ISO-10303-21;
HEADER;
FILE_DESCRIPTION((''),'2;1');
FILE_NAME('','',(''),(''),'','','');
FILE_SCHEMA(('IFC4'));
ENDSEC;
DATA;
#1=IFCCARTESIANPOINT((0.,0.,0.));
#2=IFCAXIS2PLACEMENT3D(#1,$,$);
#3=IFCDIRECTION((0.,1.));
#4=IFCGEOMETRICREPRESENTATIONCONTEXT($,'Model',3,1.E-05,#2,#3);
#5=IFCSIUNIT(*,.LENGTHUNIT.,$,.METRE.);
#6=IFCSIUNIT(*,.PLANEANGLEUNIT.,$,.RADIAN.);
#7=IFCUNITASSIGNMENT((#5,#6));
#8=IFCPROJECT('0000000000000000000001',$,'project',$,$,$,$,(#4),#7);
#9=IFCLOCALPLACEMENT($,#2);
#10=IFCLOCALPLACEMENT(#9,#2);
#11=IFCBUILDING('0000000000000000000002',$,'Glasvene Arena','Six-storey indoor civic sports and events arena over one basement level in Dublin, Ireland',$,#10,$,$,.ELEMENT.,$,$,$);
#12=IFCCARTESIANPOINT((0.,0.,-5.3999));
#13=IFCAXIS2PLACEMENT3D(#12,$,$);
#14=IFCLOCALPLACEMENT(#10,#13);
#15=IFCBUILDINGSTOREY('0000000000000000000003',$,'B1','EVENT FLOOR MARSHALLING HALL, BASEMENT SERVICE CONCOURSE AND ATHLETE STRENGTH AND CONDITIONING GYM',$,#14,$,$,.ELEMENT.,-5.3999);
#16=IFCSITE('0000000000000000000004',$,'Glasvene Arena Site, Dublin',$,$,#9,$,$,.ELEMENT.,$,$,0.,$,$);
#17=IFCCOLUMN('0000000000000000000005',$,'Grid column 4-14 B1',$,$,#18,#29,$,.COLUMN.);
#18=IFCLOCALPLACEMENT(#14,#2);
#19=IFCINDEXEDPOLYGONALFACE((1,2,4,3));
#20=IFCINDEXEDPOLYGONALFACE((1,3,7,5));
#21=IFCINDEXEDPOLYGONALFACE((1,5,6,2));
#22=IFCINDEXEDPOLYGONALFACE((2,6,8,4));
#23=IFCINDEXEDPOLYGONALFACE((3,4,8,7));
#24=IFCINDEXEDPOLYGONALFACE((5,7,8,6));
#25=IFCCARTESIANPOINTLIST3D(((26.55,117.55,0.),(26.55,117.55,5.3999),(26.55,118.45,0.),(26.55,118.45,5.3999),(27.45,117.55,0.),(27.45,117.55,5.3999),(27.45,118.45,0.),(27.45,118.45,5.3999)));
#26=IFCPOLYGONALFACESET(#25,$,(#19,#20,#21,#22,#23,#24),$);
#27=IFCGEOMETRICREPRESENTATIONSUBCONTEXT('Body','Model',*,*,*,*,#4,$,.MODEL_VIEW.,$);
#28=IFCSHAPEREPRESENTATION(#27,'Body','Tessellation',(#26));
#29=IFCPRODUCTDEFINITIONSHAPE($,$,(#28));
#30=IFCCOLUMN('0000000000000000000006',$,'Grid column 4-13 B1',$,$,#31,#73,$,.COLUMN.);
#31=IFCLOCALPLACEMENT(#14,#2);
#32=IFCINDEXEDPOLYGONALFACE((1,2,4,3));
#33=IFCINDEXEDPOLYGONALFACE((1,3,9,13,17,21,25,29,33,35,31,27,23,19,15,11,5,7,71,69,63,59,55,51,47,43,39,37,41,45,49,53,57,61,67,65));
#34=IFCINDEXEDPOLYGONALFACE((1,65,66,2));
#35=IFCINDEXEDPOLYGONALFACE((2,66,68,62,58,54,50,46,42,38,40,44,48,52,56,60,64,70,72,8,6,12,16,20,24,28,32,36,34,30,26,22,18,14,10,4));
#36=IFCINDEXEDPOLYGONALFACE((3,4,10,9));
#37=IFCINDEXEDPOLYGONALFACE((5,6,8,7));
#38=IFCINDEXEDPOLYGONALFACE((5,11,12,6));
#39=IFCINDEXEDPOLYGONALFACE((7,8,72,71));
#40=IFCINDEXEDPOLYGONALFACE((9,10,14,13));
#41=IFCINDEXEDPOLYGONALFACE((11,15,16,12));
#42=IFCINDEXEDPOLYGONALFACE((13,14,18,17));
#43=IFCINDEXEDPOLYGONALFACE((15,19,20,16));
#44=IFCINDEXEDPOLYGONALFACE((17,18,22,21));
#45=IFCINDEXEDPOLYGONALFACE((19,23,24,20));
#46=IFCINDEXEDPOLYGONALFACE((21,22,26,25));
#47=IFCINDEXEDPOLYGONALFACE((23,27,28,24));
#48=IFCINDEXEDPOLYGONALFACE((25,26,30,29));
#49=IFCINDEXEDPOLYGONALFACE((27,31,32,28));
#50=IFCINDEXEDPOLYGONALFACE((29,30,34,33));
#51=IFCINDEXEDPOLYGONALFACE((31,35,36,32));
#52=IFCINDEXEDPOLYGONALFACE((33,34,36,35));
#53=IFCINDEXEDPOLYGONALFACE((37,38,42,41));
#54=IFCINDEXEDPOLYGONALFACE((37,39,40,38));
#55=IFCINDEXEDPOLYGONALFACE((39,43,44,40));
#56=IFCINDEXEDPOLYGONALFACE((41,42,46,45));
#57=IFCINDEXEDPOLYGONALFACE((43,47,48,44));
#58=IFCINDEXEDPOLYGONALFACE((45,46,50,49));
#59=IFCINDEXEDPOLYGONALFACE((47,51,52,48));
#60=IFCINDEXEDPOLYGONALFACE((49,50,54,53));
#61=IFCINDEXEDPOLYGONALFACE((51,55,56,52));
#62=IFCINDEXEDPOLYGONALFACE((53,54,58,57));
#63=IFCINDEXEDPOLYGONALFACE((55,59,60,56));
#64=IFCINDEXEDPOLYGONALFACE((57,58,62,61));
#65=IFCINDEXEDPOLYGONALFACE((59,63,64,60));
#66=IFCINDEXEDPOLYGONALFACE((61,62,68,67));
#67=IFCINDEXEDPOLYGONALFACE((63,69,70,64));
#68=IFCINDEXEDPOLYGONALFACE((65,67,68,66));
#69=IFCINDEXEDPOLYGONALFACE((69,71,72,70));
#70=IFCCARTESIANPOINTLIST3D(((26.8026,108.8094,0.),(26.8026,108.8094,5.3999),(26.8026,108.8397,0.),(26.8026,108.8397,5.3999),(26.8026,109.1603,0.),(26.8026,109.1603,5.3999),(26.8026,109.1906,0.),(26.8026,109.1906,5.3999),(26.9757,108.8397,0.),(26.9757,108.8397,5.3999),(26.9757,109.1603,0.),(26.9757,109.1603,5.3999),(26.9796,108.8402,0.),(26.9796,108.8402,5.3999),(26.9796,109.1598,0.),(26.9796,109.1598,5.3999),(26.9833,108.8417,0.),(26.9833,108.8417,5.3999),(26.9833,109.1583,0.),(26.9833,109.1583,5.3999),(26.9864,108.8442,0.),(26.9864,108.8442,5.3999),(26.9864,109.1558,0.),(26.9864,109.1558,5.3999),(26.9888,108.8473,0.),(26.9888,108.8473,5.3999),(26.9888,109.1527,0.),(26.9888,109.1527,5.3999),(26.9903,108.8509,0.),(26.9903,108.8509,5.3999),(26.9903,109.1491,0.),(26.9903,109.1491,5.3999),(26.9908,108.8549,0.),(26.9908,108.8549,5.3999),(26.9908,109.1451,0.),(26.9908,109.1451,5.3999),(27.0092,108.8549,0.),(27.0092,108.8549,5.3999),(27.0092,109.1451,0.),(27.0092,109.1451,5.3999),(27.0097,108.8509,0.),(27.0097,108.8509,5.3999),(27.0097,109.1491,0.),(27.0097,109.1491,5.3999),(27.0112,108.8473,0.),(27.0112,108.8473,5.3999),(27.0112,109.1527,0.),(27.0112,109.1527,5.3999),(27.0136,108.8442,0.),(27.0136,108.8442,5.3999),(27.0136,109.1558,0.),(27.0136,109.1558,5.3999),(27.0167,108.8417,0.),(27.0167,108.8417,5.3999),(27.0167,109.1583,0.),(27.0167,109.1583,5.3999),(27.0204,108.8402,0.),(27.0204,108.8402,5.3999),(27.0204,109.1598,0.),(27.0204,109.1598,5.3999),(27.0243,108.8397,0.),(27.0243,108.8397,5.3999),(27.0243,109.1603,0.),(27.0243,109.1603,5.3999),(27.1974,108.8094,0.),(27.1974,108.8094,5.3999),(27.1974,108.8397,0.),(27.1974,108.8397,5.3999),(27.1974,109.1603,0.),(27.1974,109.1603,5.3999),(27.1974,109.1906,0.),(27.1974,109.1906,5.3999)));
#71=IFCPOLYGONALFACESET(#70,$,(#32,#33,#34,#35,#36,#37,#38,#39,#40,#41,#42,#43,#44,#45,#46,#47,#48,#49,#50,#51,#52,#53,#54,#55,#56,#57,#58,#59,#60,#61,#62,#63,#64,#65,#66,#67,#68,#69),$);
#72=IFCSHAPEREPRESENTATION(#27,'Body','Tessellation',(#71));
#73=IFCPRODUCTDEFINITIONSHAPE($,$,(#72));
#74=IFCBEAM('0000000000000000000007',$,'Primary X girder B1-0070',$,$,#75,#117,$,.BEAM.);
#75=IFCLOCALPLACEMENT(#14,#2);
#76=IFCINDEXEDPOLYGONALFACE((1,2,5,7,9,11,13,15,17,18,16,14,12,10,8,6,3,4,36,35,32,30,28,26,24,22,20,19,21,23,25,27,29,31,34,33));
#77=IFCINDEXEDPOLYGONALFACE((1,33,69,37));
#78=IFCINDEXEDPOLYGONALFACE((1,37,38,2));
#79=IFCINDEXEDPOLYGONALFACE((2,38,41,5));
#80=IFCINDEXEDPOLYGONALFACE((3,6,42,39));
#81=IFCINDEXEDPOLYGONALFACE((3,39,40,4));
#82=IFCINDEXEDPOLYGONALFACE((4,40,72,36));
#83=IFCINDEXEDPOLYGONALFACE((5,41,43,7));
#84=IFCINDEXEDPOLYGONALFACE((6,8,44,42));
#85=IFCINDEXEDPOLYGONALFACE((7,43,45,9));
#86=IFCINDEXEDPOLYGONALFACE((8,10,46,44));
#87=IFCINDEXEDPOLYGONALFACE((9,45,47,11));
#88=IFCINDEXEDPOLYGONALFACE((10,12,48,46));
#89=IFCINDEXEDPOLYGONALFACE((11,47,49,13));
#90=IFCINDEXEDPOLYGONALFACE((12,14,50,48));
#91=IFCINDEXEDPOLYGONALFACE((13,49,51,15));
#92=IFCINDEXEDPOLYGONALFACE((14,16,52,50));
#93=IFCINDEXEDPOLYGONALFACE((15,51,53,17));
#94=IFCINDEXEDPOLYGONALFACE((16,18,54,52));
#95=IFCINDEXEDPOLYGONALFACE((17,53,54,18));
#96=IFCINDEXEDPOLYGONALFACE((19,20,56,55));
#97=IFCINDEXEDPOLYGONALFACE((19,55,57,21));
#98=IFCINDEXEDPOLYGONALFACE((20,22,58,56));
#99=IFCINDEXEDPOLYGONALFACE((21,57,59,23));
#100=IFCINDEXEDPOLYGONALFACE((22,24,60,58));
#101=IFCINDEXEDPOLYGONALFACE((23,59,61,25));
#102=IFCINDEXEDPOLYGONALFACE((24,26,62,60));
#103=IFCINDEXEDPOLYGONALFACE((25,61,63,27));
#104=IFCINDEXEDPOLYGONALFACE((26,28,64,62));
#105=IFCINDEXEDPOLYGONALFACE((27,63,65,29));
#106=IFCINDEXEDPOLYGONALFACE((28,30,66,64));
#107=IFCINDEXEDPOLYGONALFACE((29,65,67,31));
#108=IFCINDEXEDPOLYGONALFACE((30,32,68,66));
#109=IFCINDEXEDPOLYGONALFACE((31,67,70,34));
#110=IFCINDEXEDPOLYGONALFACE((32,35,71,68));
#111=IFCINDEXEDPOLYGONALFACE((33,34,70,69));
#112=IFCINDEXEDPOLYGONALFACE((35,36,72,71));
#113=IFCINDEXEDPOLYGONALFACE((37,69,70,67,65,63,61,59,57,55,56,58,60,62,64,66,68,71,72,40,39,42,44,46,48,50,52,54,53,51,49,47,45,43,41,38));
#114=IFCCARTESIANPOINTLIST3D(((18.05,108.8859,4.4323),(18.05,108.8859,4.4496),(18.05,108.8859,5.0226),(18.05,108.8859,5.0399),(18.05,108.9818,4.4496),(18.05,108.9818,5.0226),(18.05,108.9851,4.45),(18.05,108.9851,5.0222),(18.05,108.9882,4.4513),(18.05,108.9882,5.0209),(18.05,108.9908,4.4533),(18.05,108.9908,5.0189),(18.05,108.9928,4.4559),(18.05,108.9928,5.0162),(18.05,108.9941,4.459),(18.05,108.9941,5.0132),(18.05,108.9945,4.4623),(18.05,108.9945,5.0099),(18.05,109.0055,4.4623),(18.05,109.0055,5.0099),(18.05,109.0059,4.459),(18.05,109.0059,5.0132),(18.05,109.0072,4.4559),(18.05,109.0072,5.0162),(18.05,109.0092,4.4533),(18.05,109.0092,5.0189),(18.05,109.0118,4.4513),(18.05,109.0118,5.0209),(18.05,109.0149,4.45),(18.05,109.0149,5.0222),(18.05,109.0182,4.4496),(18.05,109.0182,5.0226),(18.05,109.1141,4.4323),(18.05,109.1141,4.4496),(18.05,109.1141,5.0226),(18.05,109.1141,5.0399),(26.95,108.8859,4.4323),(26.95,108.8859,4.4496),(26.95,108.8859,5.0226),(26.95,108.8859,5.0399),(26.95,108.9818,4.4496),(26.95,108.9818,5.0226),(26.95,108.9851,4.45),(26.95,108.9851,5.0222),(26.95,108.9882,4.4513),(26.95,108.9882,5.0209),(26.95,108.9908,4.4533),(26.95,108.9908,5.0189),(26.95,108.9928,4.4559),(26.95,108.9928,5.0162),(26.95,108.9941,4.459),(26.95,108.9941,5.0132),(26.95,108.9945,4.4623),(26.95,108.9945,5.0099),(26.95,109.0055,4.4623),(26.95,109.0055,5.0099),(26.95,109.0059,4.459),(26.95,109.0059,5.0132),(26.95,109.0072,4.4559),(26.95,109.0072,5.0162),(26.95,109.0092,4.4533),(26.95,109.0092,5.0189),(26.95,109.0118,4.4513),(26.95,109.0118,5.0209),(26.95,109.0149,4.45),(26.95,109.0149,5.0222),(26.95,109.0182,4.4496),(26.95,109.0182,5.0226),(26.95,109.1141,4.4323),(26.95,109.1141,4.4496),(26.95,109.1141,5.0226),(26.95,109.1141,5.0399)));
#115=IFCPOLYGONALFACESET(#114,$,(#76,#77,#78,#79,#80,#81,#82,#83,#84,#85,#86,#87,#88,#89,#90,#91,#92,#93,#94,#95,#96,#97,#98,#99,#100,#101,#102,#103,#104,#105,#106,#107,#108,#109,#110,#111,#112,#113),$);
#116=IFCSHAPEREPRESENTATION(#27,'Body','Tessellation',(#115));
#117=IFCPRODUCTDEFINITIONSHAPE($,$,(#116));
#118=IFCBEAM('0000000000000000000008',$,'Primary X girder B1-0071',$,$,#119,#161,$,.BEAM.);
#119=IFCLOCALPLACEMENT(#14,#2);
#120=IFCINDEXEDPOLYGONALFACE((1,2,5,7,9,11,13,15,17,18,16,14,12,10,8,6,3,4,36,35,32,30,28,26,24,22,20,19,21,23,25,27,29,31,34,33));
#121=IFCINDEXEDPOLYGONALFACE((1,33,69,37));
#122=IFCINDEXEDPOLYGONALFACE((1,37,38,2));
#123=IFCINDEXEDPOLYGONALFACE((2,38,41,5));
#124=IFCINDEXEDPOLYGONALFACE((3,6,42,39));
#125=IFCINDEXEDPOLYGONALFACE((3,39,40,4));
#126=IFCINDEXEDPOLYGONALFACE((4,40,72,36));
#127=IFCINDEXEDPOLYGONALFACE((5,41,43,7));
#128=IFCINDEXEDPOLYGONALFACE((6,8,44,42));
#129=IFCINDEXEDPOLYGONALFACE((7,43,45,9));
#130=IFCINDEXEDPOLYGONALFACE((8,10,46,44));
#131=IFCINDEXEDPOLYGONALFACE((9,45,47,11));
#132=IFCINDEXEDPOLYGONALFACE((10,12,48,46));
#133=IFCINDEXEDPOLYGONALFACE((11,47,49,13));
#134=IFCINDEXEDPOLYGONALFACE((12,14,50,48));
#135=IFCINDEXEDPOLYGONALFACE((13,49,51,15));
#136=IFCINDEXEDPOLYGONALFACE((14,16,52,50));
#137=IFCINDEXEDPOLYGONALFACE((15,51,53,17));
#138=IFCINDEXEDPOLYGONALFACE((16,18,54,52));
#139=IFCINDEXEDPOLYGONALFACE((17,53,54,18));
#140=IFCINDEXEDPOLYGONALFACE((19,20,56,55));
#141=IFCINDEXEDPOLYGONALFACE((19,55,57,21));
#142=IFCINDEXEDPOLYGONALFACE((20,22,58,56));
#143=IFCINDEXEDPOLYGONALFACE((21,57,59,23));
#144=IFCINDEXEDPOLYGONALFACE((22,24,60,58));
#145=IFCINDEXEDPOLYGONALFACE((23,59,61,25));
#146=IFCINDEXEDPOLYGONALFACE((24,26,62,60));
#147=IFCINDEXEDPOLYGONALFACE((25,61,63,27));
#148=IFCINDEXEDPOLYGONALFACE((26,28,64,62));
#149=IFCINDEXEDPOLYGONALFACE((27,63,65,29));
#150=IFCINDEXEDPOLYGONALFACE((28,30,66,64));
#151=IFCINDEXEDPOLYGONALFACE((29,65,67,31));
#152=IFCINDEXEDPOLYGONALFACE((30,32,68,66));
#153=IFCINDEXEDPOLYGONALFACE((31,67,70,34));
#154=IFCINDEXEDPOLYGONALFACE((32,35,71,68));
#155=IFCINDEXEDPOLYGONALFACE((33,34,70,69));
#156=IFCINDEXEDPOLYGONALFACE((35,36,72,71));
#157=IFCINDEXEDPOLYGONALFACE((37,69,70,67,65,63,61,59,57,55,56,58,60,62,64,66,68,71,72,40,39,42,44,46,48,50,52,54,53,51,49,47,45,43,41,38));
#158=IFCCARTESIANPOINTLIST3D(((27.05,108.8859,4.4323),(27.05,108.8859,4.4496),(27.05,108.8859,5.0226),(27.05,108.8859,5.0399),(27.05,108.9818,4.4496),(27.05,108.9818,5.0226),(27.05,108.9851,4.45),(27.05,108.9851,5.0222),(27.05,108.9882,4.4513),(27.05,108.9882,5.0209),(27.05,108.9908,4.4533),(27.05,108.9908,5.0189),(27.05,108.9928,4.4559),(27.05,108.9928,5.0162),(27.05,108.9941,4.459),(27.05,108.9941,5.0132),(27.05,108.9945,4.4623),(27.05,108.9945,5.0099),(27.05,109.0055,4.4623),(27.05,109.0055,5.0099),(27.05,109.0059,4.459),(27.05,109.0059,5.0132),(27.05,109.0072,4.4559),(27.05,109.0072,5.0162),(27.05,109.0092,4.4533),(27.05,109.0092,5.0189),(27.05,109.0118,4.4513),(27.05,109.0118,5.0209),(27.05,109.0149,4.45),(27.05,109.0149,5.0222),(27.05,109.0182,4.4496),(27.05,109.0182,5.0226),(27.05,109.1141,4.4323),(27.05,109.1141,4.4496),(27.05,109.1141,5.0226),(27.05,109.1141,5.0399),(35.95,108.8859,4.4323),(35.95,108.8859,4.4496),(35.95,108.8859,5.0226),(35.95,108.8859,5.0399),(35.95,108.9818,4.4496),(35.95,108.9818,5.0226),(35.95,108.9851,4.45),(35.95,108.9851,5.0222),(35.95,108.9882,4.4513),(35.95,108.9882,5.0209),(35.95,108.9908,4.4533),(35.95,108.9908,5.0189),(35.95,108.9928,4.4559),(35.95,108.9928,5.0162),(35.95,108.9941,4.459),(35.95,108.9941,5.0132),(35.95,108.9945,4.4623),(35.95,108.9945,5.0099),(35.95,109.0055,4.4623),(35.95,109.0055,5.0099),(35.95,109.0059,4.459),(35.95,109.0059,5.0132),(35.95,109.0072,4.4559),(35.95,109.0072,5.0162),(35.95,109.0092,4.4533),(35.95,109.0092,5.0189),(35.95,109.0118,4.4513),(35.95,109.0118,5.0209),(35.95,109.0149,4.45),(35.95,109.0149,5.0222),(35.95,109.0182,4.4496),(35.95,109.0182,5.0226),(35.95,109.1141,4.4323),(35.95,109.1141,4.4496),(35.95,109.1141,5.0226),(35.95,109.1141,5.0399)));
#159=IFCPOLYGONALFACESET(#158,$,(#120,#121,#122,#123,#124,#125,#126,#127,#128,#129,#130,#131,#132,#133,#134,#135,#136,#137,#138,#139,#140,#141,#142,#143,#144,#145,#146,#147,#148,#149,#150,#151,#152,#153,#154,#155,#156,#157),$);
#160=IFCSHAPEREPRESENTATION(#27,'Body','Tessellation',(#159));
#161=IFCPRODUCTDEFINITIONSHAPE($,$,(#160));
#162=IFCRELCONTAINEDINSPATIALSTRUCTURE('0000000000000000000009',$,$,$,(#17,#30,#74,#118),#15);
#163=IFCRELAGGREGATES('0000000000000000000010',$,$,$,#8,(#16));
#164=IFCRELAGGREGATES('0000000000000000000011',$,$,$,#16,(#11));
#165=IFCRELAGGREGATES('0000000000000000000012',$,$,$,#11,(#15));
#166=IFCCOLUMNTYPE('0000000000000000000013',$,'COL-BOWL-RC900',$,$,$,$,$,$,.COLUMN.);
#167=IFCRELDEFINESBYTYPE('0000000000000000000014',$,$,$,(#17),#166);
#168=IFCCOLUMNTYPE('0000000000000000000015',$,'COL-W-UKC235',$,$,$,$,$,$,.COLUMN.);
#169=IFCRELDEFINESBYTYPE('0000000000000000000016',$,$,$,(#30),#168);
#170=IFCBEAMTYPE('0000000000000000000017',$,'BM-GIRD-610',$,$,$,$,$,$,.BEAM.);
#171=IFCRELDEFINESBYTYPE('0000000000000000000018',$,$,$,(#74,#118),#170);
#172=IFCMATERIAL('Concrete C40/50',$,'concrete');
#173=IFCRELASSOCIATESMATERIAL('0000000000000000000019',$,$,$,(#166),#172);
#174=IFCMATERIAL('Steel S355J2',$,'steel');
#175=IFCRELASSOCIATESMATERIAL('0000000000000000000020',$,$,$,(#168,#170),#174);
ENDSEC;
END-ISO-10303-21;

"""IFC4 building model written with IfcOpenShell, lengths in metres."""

from ifc_helpers import new_model, si_unit, direction, frame, origin, origin_2d, place, context, subcontext, project, spatial, rectangle, i_section, extrude, material, material_profile, profile_set, type_object, element, save


model = new_model("IFC4")

# Units and contexts
model_context = context("Model", 3, precision=1e-05, world=origin(), true_north=direction((0.0, 1.0)))
body_context = subcontext(model_context, "Body", "Model", "MODEL_VIEW")
ifc_project = project(units=[si_unit("LENGTHUNIT", "METRE"), si_unit("PLANEANGLEUNIT", "RADIAN")], contexts=[model_context])

# Site, building, storey
site_placement = place(None, origin())
site = spatial("IfcSite", under=ifc_project, at=site_placement, Name="Glasvene Arena Site, Dublin", CompositionType="ELEMENT", RefElevation=0.0)
building_placement = place(site_placement, origin())
building = spatial("IfcBuilding", under=site, at=building_placement, Name="Glasvene Arena", Description="Six-storey indoor civic sports and events arena over one basement level in Dublin, Ireland", CompositionType="ELEMENT")
storey_placement = place(building_placement, frame((0.0, 0.0, -5.3999)))
storey = spatial("IfcBuildingStorey", under=building, at=storey_placement, Name="B1", Description="EVENT FLOOR MARSHALLING HALL, BASEMENT SERVICE CONCOURSE AND ATHLETE STRENGTH AND CONDITIONING GYM", CompositionType="ELEMENT", Elevation=-5.3999)

# Shared definitions
ifc_material_1 = material(Name="Concrete C40/50", Category="concrete")

# Columns
ifc_material_profile_1 = material_profile(ifc_material_1, rectangle(XDim=0.8999, YDim=0.8999, at=origin_2d()), Name="RC 900x900")
ifc_profile_set_1 = profile_set([ifc_material_profile_1], Name="Concrete C40/50")
column_type_1 = type_object("IfcColumnType", Name="COL-BOWL-RC900", PredefinedType="COLUMN", material=ifc_profile_set_1)
for number, where, z_axis, x_axis, name in (
    (1, (27.0, 118.0, 0.0), (0.0, 0.0, 1.0), (1.0, 0.0, 0.0), "Grid column 4-14 B1"),
):
    element("IfcColumn", number, at=place(storey_placement, frame(where, z_axis=z_axis, x_axis=x_axis)), inside=storey, type_object=column_type_1, Name=name, PredefinedType="COLUMN", context=body_context, shape_type="SweptSolid", body=[
        extrude(rectangle(XDim=0.8999, YDim=0.8999, at=origin_2d()), origin(), (0.0, 0.0, 1.0), 5.3999),
    ])
ifc_material_2 = material(Name="Steel S355J2", Category="steel")
ifc_material_profile_2 = material_profile(ifc_material_2, i_section(OverallWidth=0.3948, OverallDepth=0.3811, WebThickness=0.0183, FlangeThickness=0.0303, FilletRadius=0.0151, at=origin_2d()), Name="UKC 356x406x235")
ifc_profile_set_2 = profile_set([ifc_material_profile_2], Name="Steel S355J2")
column_type_2 = type_object("IfcColumnType", Name="COL-W-UKC235", PredefinedType="COLUMN", material=ifc_profile_set_2)
column_placement = place(storey_placement, frame((27.0, 109.0, 0.0), z_axis=(0.0, 0.0, 1.0), x_axis=(1.0, 0.0, 0.0)))
element("IfcColumn", 2, at=column_placement, inside=storey, type_object=column_type_2, Name="Grid column 4-13 B1", PredefinedType="COLUMN", context=body_context, shape_type="SweptSolid", body=[
    extrude(i_section(OverallWidth=0.3948, OverallDepth=0.3811, WebThickness=0.0183, FlangeThickness=0.0303, FilletRadius=0.0151, at=origin_2d()), origin(), (0.0, 0.0, 1.0), 5.3999),
])

# Beams
ifc_material_profile_3 = material_profile(ifc_material_2, i_section(OverallWidth=0.2283, OverallDepth=0.6077, WebThickness=0.011, FlangeThickness=0.0173, FilletRadius=0.0127, at=origin_2d()), Name="UKB 610x229x113")
ifc_profile_set_3 = profile_set([ifc_material_profile_3], Name="Steel S355J2")
beam_type_1 = type_object("IfcBeamType", Name="BM-GIRD-610", PredefinedType="BEAM", material=ifc_profile_set_3)
for number, where, z_axis, x_axis, name in (
    (3, (18.05, 109.0, 4.7361), (1.0, 0.0, 0.0), (0.0, 1.0, 0.0), "Primary X girder B1-0070"),
    (4, (27.05, 109.0, 4.7361), (1.0, 0.0, 0.0), (0.0, 1.0, 0.0), "Primary X girder B1-0071"),
):
    element("IfcBeam", number, at=place(storey_placement, frame(where, z_axis=z_axis, x_axis=x_axis)), inside=storey, type_object=beam_type_1, Name=name, PredefinedType="BEAM", context=body_context, shape_type="SweptSolid", body=[
        extrude(i_section(OverallWidth=0.2283, OverallDepth=0.6077, WebThickness=0.011, FlangeThickness=0.0173, FilletRadius=0.0127, at=origin_2d()), origin(), (0.0, 0.0, 1.0), 8.8999),
    ])

save(model, "model.ifc")
